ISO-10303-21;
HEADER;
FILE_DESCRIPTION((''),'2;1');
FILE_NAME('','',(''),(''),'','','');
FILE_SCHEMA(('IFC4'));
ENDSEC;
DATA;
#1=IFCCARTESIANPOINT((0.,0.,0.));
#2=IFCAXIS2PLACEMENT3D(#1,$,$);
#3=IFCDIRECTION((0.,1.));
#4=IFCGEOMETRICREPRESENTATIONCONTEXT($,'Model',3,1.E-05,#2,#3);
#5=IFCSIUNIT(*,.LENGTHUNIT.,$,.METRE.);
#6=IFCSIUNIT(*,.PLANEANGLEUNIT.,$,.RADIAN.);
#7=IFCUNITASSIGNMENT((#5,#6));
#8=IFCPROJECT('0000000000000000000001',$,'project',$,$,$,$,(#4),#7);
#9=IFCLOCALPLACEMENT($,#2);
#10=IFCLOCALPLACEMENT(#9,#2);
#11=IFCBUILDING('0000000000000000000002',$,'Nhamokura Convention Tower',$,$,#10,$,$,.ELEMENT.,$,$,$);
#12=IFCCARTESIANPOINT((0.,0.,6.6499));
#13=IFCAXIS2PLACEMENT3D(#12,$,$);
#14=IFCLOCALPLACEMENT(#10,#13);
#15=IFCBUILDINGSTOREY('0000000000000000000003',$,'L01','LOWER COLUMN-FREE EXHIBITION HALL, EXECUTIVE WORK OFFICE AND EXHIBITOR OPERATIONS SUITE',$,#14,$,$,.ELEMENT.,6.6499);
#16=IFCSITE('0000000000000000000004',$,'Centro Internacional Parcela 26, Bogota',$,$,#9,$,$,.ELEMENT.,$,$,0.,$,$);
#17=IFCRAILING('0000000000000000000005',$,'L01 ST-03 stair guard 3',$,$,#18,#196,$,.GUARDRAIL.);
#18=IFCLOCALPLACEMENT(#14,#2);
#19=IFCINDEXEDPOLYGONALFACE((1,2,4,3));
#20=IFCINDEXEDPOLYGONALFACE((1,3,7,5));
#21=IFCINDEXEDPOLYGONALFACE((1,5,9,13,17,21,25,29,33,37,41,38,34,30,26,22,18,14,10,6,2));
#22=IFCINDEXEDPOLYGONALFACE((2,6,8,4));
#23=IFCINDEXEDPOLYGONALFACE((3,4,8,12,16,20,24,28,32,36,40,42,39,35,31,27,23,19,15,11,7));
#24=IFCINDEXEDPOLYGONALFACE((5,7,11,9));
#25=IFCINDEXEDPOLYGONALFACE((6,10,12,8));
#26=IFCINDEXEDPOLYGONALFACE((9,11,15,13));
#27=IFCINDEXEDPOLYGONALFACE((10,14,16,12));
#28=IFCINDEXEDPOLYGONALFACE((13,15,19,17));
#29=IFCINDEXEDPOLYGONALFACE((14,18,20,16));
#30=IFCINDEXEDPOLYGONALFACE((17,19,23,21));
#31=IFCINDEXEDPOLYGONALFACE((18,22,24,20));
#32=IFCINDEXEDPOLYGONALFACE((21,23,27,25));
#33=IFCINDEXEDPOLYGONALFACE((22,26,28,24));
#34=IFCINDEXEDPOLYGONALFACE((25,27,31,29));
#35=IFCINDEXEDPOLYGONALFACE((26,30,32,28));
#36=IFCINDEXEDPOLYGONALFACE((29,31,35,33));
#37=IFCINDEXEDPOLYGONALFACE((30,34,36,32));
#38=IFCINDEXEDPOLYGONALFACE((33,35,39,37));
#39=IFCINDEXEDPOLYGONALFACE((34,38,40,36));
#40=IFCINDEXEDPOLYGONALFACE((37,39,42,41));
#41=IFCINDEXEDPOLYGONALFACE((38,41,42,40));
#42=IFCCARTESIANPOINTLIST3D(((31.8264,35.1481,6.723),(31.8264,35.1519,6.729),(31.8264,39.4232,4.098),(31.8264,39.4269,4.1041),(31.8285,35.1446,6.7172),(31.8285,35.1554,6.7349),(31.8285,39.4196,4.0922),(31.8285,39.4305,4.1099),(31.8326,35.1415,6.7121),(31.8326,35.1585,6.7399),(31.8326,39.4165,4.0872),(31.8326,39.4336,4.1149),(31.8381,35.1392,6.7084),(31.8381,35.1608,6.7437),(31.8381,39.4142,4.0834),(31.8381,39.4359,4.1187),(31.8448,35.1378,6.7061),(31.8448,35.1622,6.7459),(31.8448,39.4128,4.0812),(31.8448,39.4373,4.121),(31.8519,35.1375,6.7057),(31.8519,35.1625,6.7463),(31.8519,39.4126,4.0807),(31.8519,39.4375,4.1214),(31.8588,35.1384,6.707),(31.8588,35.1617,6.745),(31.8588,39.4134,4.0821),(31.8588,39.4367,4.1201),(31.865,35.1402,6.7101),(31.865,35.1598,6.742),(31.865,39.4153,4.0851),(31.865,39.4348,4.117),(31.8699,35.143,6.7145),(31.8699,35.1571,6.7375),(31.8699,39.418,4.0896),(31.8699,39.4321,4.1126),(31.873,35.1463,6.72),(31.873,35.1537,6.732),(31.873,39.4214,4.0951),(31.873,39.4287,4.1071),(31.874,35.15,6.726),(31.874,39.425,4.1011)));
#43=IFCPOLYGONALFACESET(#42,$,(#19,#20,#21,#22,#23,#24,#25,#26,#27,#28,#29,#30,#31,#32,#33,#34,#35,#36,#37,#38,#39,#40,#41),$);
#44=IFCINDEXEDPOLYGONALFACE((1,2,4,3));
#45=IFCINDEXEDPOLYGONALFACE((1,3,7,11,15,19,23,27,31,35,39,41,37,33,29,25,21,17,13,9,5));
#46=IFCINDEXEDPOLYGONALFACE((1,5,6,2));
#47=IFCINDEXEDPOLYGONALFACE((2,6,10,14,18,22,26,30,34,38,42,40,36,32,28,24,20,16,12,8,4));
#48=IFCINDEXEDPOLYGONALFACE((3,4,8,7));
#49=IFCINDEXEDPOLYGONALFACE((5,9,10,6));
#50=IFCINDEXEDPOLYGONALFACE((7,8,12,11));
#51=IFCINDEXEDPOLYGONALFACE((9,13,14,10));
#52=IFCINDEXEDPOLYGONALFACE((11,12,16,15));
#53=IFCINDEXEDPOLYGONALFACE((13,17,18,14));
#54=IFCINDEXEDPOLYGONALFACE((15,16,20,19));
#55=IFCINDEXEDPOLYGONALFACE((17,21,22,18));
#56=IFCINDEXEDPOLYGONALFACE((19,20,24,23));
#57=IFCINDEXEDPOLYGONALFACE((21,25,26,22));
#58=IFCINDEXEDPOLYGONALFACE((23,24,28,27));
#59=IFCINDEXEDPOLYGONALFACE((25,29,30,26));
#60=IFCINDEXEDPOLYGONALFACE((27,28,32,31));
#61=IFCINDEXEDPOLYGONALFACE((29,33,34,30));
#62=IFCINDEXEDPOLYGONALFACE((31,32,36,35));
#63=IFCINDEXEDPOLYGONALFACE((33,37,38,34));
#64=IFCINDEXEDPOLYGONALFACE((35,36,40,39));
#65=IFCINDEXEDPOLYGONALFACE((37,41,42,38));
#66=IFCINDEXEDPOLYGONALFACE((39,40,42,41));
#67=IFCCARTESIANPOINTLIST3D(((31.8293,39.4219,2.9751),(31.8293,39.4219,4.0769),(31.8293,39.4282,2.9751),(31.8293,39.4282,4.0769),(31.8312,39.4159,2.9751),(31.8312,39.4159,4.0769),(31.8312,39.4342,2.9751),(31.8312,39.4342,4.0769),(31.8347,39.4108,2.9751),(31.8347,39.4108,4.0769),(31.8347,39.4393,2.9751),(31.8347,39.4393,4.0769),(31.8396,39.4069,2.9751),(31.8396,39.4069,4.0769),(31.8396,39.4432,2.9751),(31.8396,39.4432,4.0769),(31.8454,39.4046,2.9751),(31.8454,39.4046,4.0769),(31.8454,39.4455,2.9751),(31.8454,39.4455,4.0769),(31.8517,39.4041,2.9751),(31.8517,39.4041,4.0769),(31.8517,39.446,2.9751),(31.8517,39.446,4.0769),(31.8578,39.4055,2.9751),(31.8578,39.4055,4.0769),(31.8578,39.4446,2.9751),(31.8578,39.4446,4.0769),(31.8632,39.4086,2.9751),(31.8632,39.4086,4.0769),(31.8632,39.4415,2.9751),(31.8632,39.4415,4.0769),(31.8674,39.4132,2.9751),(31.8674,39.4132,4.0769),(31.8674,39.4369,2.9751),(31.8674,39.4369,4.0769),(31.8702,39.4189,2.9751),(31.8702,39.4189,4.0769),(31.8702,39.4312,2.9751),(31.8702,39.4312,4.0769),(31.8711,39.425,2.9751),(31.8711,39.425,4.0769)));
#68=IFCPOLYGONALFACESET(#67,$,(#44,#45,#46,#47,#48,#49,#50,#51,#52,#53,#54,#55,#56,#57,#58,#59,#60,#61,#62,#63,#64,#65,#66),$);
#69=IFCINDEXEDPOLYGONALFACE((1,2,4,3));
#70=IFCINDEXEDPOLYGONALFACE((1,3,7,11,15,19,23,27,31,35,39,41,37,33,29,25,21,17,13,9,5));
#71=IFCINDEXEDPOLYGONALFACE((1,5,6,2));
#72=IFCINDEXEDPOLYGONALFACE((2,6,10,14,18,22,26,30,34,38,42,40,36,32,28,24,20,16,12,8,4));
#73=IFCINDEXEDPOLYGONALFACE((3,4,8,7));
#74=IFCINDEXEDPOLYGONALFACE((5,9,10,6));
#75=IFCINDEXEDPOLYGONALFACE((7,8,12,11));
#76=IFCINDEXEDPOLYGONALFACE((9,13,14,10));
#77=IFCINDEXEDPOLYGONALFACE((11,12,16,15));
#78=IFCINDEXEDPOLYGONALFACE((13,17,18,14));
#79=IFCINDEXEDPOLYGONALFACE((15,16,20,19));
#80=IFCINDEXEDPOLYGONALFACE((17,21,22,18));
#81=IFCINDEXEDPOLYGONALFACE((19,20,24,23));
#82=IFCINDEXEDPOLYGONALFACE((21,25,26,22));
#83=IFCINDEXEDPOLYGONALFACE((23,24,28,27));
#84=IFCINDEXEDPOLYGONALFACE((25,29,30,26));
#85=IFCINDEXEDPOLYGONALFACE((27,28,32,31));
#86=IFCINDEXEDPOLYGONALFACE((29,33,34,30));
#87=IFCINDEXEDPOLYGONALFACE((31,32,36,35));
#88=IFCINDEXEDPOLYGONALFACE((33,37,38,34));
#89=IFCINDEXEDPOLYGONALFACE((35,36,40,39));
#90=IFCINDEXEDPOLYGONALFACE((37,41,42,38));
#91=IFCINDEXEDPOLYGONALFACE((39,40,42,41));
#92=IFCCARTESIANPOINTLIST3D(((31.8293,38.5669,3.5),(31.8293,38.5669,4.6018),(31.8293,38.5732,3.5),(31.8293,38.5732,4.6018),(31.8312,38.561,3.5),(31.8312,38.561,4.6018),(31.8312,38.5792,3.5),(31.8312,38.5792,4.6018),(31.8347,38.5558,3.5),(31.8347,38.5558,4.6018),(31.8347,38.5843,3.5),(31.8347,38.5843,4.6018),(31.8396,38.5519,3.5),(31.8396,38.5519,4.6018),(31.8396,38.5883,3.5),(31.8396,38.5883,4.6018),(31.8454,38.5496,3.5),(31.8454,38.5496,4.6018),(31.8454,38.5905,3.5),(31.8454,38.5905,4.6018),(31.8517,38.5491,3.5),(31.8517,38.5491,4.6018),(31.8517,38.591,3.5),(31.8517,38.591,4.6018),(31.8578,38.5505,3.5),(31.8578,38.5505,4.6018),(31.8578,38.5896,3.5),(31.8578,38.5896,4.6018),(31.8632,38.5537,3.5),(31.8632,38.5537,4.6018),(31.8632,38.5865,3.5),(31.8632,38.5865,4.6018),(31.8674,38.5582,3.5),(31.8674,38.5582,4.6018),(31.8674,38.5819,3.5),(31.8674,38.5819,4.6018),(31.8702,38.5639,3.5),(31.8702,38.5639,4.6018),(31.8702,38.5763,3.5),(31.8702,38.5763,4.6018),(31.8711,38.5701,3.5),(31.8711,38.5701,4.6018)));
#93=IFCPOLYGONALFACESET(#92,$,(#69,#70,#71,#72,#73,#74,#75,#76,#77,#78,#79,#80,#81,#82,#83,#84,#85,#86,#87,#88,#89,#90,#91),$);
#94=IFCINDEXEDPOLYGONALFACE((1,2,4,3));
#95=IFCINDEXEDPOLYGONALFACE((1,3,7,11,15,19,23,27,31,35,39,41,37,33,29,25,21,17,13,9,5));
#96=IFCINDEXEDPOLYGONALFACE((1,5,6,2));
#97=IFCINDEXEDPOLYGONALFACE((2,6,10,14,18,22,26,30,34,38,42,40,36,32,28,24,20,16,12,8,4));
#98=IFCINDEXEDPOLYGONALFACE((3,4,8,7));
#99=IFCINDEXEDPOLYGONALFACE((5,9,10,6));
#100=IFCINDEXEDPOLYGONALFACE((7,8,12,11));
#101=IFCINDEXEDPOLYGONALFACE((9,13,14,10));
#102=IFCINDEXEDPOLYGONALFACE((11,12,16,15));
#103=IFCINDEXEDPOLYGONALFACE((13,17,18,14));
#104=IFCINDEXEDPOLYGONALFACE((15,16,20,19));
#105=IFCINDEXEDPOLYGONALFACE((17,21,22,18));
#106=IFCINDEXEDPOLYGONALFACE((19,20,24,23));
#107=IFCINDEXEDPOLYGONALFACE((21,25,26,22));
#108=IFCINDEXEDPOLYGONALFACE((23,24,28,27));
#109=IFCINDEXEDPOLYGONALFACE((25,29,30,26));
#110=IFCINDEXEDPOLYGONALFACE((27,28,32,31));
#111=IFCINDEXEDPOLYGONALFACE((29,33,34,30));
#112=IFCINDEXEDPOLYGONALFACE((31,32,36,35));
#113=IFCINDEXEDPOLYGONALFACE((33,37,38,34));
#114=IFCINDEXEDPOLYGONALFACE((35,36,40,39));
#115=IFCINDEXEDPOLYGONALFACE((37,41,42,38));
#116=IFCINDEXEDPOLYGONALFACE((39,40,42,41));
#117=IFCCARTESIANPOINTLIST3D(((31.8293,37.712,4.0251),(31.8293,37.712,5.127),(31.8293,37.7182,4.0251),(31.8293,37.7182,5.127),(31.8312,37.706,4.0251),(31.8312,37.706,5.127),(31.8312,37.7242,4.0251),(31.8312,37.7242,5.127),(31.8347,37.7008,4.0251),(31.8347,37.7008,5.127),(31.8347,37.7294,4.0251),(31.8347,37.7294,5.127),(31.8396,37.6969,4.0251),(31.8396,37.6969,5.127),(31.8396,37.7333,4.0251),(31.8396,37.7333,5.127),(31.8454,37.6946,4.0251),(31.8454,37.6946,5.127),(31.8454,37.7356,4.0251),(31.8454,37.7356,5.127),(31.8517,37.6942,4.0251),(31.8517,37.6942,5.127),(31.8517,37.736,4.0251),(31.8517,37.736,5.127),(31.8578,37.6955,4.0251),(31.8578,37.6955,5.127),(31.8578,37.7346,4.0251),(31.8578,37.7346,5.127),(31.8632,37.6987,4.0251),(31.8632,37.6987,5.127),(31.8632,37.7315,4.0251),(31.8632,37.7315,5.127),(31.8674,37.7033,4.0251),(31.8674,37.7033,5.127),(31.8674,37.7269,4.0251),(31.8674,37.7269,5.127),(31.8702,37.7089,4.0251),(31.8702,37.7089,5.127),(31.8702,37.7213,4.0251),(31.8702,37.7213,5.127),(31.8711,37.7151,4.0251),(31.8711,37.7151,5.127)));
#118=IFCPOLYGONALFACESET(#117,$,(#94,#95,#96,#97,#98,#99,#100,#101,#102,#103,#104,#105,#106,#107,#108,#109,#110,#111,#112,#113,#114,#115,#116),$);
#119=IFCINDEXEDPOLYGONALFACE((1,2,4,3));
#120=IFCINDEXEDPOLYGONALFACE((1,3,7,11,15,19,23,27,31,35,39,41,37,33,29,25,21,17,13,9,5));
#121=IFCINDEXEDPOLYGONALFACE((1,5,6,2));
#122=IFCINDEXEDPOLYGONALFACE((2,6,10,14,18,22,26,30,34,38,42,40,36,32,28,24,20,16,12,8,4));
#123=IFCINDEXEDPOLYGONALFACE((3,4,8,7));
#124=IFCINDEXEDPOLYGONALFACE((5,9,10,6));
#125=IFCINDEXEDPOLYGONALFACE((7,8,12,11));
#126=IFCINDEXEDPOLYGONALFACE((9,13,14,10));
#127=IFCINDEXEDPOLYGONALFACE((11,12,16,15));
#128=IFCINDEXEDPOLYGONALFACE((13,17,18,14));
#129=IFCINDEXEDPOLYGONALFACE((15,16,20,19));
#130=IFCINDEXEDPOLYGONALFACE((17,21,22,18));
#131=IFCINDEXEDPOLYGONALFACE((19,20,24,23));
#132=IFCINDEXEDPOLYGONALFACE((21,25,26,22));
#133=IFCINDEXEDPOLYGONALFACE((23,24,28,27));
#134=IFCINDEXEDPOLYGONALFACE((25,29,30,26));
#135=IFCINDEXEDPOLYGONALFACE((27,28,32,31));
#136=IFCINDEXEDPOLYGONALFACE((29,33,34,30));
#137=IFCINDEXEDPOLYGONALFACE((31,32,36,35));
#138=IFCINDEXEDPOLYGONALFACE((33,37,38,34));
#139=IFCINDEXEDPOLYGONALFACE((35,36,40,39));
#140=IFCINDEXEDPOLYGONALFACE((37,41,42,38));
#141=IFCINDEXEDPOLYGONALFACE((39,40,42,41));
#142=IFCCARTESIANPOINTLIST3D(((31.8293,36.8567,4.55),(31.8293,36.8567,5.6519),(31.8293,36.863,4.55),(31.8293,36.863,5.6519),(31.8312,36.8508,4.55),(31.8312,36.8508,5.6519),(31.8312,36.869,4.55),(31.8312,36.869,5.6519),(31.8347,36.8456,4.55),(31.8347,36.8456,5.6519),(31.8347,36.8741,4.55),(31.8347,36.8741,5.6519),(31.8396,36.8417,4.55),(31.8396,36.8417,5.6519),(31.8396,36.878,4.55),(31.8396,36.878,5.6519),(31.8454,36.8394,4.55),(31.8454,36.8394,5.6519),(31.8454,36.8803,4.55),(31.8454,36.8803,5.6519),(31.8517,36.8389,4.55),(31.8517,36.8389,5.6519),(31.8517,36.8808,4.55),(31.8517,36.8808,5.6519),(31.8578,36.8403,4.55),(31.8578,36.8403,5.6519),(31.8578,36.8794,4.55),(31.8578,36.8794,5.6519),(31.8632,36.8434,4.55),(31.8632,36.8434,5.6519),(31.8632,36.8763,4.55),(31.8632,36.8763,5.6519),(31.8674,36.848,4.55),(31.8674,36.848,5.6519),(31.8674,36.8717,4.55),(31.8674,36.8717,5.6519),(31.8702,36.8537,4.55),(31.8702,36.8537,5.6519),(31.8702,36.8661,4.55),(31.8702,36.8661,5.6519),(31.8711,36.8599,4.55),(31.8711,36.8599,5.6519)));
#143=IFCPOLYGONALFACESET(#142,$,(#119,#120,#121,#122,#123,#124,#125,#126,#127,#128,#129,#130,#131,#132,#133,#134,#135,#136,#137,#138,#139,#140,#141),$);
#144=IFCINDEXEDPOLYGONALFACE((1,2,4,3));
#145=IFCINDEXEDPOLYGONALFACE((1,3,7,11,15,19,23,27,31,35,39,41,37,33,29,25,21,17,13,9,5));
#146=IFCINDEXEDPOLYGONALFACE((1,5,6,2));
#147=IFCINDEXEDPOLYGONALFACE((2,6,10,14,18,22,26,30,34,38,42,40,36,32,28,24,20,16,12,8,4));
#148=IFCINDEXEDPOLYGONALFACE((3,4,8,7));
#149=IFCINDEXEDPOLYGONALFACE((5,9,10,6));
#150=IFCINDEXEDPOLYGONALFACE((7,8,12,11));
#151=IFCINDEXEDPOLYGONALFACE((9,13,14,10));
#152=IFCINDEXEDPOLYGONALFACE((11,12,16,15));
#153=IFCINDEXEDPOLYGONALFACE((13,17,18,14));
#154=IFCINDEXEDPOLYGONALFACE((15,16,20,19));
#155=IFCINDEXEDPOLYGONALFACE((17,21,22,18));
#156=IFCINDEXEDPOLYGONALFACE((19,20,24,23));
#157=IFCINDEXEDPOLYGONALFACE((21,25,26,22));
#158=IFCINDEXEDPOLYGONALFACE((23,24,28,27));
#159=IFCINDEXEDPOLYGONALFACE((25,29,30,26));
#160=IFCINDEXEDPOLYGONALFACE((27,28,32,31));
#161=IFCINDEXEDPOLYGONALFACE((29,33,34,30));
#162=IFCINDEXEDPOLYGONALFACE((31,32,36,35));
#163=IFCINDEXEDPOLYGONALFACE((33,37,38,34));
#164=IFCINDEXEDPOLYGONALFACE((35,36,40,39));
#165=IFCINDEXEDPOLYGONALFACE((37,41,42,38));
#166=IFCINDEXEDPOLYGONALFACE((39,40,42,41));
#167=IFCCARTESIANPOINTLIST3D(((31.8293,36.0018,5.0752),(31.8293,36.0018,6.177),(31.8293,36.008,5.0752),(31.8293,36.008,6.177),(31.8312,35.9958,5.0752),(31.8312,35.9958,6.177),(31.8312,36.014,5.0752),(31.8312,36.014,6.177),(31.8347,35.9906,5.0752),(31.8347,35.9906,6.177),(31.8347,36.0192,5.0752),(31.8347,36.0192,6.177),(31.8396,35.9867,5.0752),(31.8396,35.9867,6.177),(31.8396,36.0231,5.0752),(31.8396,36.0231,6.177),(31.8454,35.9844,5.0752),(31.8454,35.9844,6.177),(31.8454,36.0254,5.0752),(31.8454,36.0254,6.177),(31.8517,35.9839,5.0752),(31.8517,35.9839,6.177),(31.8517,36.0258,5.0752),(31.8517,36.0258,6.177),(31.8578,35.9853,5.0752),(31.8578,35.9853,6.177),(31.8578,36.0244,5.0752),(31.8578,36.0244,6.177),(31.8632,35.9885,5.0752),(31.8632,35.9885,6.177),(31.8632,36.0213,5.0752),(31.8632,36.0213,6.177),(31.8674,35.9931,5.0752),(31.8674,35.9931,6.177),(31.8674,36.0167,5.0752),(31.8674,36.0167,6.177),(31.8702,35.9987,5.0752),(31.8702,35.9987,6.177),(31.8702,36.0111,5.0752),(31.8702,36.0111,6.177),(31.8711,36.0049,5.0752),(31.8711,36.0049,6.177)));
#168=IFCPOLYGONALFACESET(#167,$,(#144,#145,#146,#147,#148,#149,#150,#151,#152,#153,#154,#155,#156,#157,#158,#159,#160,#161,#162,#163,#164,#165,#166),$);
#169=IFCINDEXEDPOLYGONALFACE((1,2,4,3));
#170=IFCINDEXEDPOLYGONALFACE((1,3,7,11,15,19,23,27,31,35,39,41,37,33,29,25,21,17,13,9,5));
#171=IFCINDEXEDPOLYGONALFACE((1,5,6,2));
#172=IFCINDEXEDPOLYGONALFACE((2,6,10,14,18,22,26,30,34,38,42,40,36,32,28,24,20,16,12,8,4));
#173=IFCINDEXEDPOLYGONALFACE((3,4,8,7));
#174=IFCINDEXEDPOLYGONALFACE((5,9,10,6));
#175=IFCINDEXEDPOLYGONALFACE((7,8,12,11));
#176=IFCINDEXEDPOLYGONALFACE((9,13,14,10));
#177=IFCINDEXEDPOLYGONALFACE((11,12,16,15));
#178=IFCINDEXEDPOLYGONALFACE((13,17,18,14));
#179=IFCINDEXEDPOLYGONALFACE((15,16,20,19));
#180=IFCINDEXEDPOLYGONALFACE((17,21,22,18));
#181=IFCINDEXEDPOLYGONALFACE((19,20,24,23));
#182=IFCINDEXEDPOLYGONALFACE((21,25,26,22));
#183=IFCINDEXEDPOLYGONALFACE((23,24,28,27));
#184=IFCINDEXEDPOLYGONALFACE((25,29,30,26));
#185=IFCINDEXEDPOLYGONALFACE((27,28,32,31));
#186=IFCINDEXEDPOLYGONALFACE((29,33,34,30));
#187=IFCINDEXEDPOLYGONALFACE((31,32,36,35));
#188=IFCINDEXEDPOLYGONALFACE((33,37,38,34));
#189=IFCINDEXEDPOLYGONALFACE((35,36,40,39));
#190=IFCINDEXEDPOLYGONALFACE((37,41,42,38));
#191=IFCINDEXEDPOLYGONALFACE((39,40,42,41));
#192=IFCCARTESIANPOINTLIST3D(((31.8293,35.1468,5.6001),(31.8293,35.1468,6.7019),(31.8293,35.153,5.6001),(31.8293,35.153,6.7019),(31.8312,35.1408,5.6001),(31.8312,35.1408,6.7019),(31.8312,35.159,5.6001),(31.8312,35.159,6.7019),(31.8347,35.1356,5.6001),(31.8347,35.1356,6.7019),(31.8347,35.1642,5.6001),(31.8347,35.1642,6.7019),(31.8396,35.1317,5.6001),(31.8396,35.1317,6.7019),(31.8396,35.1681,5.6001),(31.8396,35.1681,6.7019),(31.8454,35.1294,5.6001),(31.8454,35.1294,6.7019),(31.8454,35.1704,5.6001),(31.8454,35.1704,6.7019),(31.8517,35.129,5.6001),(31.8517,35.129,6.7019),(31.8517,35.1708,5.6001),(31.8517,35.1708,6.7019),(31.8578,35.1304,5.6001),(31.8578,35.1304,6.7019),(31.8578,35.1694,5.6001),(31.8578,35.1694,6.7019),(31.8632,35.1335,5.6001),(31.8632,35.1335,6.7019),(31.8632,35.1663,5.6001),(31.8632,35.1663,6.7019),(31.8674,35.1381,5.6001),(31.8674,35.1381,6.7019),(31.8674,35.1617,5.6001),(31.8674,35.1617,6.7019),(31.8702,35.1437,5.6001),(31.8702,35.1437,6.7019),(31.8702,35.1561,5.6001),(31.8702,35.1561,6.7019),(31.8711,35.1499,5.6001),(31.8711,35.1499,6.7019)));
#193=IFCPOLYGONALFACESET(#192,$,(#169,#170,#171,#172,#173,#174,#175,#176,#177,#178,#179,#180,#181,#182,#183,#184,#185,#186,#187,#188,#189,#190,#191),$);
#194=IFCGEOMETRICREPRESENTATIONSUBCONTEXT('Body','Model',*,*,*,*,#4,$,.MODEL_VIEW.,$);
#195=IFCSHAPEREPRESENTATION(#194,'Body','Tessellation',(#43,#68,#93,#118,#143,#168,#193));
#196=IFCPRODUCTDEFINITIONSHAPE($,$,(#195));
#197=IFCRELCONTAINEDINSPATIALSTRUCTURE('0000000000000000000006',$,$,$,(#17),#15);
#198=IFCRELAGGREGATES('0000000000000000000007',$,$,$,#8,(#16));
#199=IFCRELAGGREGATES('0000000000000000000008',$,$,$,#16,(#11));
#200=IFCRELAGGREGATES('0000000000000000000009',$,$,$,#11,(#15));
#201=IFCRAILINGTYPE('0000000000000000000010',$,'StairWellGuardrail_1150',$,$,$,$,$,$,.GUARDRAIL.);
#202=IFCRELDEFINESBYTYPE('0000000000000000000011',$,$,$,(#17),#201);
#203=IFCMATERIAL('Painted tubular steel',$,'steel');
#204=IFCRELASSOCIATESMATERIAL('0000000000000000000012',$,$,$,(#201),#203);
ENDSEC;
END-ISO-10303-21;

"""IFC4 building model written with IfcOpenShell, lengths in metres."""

from ifc_helpers import new_model, si_unit, direction, frame, origin, origin_2d, place, context, subcontext, project, spatial, circle, extrude, material, type_object, element, save


model = new_model("IFC4")

# Units and contexts
model_context = context("Model", 3, precision=1e-05, world=origin(), true_north=direction((0.0, 1.0)))
body_context = subcontext(model_context, "Body", "Model", "MODEL_VIEW")
ifc_project = project(units=[si_unit("LENGTHUNIT", "METRE"), si_unit("PLANEANGLEUNIT", "RADIAN")], contexts=[model_context])

# Site, building, storey
site_placement = place(None, origin())
site = spatial("IfcSite", under=ifc_project, at=site_placement, Name="Centro Internacional Parcela 26, Bogota", CompositionType="ELEMENT", RefElevation=0.0)
building_placement = place(site_placement, origin())
building = spatial("IfcBuilding", under=site, at=building_placement, Name="Nhamokura Convention Tower", CompositionType="ELEMENT")
storey_placement = place(building_placement, frame((0.0, 0.0, 6.6499)))
storey = spatial("IfcBuildingStorey", under=building, at=storey_placement, Name="L01", Description="LOWER COLUMN-FREE EXHIBITION HALL, EXECUTIVE WORK OFFICE AND EXHIBITOR OPERATIONS SUITE", CompositionType="ELEMENT", Elevation=6.6499)

# Railing
ifc_material_1 = material(Name="Painted tubular steel", Category="steel")
railing_type_1 = type_object("IfcRailingType", Name="StairWellGuardrail_1150", PredefinedType="GUARDRAIL", material=ifc_material_1)
railing_1_placement = place(storey_placement, frame((31.8501, 39.425, 2.9751)))
element("IfcRailing", 1, at=railing_1_placement, inside=storey, type_object=railing_type_1, Name="L01 ST-03 stair guard 3", PredefinedType="GUARDRAIL", context=body_context, shape_type="SweptSolid", body=[
    extrude(circle(Radius=0.0239, at=origin_2d()), frame((0.0, 0.0, 1.126), z_axis=(0.0, -0.852179, 0.52325), x_axis=(1.0, 0.0, 0.0)), (0.0, 0.0, 1.0), 5.0166),
    extrude(circle(Radius=0.021, at=origin_2d()), origin(), (0.0, 0.0, 1.0), 1.1018),
    extrude(circle(Radius=0.021, at=origin_2d()), frame((0.0, -0.855, 0.5249)), (0.0, 0.0, 1.0), 1.1018),
    extrude(circle(Radius=0.021, at=origin_2d()), frame((0.0, -1.71, 1.05)), (0.0, 0.0, 1.0), 1.1018),
    extrude(circle(Radius=0.021, at=origin_2d()), frame((0.0, -2.5652, 1.575)), (0.0, 0.0, 1.0), 1.1018),
    extrude(circle(Radius=0.021, at=origin_2d()), frame((0.0, -3.4202, 2.1001)), (0.0, 0.0, 1.0), 1.1018),
    extrude(circle(Radius=0.021, at=origin_2d()), frame((0.0, -4.2751, 2.625)), (0.0, 0.0, 1.0), 1.1018),
])

save(model, "model.ifc")
